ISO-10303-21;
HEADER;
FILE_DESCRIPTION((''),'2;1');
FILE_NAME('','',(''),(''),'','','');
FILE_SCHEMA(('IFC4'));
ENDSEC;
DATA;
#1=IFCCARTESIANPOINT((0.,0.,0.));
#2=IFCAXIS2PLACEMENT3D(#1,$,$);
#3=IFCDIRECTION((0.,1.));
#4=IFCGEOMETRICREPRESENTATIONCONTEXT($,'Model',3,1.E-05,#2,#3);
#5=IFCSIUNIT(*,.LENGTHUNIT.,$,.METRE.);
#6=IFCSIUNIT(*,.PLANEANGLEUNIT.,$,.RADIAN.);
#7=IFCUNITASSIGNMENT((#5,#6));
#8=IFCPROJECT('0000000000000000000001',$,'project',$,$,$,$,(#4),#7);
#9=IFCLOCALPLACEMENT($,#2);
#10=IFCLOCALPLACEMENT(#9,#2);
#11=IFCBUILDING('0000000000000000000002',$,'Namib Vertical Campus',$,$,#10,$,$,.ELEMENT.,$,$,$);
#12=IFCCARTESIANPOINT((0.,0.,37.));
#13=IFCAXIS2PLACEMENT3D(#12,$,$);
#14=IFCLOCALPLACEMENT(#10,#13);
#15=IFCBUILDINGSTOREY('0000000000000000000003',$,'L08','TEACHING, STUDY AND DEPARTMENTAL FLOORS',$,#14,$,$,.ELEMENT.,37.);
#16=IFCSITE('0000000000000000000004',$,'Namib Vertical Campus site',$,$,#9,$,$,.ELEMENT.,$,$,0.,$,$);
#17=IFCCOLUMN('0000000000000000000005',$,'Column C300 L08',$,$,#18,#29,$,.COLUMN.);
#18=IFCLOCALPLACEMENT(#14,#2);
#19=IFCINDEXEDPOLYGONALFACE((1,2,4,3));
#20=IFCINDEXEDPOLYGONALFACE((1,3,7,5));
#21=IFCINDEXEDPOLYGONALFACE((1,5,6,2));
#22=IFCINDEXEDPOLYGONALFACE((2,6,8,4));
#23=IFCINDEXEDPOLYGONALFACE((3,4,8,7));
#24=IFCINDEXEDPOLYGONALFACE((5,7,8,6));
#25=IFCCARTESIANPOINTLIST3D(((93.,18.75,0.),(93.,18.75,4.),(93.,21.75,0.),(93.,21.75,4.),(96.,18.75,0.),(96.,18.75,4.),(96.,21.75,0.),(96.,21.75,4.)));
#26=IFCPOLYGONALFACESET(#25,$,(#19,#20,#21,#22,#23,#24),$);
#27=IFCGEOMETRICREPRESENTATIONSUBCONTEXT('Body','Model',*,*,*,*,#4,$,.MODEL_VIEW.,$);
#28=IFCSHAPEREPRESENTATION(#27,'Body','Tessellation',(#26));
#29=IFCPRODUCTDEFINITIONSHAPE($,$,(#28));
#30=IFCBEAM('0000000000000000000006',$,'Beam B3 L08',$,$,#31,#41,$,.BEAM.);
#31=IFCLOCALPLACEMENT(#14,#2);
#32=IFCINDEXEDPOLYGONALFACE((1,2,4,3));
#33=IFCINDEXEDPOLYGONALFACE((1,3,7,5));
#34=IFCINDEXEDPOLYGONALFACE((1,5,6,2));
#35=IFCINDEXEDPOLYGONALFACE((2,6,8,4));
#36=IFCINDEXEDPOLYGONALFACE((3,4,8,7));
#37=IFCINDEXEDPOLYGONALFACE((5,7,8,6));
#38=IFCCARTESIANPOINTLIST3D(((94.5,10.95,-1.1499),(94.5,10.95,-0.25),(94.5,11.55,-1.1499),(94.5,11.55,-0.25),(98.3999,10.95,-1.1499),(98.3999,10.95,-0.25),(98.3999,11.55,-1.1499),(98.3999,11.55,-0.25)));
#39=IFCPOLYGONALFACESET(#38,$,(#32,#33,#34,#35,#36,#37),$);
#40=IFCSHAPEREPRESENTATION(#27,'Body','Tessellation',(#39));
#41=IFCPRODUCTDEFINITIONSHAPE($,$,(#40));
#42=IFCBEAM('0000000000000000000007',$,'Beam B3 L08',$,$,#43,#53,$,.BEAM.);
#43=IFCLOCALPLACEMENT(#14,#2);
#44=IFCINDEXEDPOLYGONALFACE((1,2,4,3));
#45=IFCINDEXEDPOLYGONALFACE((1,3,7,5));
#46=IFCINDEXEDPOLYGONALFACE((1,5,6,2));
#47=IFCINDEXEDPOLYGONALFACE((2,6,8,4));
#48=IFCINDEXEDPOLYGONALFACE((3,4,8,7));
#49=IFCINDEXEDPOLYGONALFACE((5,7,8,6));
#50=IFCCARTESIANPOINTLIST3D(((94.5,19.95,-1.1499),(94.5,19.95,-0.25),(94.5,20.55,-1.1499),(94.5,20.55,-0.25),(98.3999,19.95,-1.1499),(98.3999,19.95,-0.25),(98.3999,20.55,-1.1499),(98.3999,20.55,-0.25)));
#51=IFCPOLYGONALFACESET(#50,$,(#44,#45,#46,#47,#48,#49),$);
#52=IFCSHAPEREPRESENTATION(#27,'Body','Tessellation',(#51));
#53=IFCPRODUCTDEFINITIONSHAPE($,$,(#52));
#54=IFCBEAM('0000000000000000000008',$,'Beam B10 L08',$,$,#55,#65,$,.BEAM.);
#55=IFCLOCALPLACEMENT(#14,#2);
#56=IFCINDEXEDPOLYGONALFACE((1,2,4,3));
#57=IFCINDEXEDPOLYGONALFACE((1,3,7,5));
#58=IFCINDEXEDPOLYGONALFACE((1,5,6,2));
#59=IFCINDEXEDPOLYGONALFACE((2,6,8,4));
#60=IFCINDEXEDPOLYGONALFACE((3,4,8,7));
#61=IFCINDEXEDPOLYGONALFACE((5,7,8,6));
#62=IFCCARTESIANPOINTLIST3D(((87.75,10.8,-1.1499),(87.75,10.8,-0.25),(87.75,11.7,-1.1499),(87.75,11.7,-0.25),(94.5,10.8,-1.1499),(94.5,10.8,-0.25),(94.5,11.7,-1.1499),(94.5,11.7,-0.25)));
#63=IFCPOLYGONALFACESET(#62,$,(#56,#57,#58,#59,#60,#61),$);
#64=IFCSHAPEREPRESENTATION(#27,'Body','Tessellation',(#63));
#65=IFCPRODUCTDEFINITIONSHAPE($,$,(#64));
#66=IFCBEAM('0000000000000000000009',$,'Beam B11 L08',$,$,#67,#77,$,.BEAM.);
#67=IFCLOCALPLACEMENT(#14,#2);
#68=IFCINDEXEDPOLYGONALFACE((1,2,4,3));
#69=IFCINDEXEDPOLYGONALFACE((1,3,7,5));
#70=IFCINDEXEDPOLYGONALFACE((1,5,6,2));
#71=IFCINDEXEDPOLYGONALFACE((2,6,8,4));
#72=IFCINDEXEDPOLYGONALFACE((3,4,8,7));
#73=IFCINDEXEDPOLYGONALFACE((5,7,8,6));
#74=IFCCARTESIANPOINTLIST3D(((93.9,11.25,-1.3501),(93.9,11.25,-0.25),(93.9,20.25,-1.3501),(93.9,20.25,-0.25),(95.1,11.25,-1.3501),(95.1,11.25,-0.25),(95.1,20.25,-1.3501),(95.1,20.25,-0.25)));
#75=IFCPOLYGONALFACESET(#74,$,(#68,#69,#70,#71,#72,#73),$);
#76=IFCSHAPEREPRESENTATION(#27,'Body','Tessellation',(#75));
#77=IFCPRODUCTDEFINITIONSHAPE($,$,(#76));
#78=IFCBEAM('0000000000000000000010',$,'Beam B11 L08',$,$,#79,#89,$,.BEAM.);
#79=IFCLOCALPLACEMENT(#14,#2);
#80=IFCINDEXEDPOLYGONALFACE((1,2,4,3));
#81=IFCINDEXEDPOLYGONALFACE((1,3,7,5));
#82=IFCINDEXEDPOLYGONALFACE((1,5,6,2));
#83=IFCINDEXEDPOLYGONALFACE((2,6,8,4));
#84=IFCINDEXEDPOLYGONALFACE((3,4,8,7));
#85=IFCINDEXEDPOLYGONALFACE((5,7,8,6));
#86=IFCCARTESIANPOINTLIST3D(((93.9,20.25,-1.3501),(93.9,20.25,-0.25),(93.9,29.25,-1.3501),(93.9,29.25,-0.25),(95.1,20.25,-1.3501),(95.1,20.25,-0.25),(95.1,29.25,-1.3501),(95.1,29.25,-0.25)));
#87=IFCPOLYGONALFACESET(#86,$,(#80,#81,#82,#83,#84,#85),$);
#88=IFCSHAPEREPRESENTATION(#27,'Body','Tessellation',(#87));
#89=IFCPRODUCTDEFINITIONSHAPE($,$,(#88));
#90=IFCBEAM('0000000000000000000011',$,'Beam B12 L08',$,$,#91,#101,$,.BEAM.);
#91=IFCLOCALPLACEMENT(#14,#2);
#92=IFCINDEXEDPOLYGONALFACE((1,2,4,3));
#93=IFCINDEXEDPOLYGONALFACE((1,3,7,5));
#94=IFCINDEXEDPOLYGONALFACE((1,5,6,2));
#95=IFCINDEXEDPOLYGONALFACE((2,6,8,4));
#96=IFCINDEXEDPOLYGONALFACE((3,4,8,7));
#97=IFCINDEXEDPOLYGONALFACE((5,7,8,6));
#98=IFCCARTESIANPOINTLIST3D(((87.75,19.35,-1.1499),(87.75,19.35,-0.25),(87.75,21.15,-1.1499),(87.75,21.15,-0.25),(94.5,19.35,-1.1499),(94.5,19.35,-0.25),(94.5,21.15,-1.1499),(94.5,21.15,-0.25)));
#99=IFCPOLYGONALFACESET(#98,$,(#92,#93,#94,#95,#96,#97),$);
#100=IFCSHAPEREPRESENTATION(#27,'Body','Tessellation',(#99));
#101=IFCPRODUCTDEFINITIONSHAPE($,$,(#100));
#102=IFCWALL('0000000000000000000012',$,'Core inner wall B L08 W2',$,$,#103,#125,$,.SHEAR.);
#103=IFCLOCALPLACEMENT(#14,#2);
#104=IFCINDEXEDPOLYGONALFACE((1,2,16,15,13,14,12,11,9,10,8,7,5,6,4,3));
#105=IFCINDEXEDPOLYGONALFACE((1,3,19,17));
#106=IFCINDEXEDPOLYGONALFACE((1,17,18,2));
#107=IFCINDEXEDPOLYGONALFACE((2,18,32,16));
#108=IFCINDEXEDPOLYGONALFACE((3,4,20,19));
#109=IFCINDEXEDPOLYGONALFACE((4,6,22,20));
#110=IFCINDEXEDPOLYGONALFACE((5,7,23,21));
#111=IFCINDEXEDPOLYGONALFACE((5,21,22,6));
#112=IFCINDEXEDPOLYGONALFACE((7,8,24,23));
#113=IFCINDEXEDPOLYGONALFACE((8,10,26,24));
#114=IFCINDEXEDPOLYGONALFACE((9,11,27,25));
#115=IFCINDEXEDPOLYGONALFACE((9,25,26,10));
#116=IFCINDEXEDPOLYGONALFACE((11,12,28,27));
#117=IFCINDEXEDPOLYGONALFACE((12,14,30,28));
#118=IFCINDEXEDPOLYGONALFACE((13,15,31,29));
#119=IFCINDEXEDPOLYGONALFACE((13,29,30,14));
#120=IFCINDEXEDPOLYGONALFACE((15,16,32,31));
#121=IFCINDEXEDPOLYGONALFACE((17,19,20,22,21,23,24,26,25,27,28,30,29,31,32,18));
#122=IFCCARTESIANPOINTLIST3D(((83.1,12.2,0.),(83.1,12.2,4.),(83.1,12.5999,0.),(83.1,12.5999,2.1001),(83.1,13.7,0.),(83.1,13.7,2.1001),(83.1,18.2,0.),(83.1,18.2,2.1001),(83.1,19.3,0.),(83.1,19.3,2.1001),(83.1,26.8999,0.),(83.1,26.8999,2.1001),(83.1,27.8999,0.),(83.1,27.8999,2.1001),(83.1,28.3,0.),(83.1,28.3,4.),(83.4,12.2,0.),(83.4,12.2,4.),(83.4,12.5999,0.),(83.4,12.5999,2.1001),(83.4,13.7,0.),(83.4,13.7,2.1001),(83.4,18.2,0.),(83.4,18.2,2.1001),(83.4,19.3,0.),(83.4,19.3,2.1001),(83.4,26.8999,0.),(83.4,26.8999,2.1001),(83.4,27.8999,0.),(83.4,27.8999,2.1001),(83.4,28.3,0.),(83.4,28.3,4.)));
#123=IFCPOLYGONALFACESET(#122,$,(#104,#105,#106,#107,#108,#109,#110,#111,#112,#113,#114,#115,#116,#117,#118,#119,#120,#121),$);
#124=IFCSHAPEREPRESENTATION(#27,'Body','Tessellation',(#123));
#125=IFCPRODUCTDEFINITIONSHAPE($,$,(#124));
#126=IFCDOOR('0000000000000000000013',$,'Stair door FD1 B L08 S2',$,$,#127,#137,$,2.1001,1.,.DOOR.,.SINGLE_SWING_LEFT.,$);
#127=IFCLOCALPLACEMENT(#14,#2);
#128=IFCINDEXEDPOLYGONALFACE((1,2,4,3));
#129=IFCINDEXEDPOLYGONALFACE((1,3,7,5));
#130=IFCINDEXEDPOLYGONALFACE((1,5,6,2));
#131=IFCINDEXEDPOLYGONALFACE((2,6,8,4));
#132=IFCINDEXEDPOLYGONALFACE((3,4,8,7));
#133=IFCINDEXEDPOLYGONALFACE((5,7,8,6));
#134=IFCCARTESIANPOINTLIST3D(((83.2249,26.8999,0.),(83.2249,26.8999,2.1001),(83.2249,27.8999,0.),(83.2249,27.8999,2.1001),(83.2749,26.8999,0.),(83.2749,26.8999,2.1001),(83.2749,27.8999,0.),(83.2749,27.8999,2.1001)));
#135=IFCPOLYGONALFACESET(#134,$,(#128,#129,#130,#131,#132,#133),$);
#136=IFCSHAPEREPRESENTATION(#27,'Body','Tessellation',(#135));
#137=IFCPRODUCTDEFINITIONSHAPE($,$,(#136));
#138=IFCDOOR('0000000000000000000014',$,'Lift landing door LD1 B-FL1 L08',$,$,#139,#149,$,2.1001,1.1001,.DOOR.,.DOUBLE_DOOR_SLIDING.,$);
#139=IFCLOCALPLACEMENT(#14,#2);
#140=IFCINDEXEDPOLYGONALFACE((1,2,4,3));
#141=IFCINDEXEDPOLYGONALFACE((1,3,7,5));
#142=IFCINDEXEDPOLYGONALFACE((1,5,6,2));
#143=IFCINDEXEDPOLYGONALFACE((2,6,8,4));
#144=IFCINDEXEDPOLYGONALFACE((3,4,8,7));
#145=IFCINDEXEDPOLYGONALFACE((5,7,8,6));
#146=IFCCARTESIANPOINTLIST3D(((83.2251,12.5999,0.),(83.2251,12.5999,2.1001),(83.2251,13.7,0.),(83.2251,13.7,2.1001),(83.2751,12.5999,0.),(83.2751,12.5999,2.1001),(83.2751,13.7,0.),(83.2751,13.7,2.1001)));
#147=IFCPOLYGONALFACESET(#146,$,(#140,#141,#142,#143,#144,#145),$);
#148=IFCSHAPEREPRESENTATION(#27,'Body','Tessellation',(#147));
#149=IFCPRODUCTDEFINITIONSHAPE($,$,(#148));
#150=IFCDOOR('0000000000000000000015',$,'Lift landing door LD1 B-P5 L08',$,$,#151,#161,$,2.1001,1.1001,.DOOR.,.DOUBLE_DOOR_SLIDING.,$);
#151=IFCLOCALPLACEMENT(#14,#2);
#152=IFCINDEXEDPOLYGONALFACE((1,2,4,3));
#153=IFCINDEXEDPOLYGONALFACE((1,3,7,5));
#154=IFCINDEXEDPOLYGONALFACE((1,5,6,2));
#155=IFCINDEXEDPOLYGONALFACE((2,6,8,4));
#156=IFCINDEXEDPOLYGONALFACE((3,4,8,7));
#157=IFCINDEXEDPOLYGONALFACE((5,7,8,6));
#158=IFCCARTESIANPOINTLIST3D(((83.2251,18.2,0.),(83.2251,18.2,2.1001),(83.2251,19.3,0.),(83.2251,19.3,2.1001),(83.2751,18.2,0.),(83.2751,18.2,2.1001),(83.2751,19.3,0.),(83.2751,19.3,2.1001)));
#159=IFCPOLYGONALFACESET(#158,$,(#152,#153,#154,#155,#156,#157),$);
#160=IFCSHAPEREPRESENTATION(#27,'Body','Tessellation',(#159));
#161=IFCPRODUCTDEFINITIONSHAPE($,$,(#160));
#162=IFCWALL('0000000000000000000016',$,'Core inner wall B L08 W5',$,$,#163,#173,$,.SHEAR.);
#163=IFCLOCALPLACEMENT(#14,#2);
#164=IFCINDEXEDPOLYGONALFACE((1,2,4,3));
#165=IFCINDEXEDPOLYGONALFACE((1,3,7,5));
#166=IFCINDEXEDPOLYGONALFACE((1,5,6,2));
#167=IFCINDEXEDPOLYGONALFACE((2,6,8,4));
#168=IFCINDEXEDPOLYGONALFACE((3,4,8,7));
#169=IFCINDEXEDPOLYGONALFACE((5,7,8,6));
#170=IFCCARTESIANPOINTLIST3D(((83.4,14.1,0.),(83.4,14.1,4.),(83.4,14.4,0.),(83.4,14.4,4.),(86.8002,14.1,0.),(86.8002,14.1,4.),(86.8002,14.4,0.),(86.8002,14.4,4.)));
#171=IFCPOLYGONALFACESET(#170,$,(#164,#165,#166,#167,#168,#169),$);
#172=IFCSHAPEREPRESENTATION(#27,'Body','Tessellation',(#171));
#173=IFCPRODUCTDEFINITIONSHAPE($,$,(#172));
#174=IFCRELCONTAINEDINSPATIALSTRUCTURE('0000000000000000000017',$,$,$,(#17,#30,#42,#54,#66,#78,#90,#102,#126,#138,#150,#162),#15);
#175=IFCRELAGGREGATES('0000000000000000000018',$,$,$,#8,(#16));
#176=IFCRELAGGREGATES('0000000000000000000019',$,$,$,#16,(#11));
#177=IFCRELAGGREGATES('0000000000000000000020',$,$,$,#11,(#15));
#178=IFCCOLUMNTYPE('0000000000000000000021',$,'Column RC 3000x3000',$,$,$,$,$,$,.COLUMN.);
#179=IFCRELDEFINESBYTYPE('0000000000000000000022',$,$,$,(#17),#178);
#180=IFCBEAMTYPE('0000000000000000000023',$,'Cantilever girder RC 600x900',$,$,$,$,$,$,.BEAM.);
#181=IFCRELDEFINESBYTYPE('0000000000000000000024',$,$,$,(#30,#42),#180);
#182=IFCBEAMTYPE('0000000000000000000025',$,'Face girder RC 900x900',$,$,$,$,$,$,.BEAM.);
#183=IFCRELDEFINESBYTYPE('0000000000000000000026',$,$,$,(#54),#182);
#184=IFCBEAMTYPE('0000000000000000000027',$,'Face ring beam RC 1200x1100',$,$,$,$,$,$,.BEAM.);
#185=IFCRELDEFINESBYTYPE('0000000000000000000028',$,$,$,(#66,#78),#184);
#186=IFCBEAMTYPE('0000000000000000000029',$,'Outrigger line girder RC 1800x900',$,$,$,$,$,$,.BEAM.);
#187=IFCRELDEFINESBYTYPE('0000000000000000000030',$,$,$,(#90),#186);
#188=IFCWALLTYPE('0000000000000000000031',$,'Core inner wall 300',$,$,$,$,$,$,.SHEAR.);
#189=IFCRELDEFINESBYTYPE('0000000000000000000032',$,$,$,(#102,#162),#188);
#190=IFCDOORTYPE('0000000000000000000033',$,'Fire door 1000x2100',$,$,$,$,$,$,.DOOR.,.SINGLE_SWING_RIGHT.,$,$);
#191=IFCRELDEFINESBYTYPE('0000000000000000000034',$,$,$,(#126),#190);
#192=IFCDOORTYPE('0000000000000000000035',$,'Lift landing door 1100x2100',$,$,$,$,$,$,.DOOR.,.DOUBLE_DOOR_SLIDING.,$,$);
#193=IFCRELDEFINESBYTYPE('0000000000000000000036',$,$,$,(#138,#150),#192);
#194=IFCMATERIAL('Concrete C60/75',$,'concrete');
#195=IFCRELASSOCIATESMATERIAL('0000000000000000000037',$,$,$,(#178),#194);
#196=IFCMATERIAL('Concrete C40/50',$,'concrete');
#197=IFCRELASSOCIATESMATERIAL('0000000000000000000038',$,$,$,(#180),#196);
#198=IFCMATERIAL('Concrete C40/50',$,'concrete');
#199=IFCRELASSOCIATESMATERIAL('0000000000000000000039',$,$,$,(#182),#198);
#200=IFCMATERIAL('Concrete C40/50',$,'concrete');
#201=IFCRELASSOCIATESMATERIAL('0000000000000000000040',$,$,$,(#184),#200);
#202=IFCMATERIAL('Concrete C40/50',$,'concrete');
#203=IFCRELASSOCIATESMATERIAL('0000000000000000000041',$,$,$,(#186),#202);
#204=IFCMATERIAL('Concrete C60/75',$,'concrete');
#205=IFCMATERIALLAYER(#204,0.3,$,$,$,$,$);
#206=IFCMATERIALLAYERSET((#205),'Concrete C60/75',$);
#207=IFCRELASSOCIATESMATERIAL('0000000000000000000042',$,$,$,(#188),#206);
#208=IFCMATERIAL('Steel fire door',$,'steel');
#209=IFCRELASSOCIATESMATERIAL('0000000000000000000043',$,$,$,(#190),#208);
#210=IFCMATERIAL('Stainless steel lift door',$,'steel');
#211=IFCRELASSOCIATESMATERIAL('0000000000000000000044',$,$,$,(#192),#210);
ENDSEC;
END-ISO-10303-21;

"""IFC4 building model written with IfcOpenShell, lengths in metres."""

from ifc_helpers import new_model, si_unit, direction, frame, frame_2d, origin, origin_2d, place, context, subcontext, project, spatial, rectangle, extrude, material, layer, layer_set, material_profile, profile_set, type_object, element, fill, save


model = new_model("IFC4")

# Units and contexts
model_context = context("Model", 3, precision=1e-05, world=origin(), true_north=direction((0.0, 1.0)))
body_context = subcontext(model_context, "Body", "Model", "MODEL_VIEW")
ifc_project = project(units=[si_unit("LENGTHUNIT", "METRE"), si_unit("PLANEANGLEUNIT", "RADIAN")], contexts=[model_context])

# Site, building, storey
site_placement = place(None, origin())
site = spatial("IfcSite", under=ifc_project, at=site_placement, Name="Namib Vertical Campus site", CompositionType="ELEMENT", RefElevation=0.0)
building_placement = place(site_placement, origin())
building = spatial("IfcBuilding", under=site, at=building_placement, Name="Namib Vertical Campus", CompositionType="ELEMENT")
storey_placement = place(building_placement, frame((0.0, 0.0, 37.0)))
storey = spatial("IfcBuildingStorey", under=building, at=storey_placement, Name="L08", Description="TEACHING, STUDY AND DEPARTMENTAL FLOORS", CompositionType="ELEMENT", Elevation=37.0)

# Column
ifc_material_1 = material(Name="Concrete C60/75", Category="concrete")
ifc_material_profile_1 = material_profile(ifc_material_1, rectangle(XDim=3.0, YDim=3.0, at=origin_2d()))
ifc_profile_set_1 = profile_set([ifc_material_profile_1], Name="Concrete C60/75")
column_type = type_object("IfcColumnType", Name="Column RC 3000x3000", PredefinedType="COLUMN", material=ifc_profile_set_1)
column_placement = place(storey_placement, frame((94.5, 20.25, 0.0), z_axis=(0.0, 0.0, 1.0), x_axis=(1.0, 0.0, 0.0)))
element("IfcColumn", 1, at=column_placement, inside=storey, type_object=column_type, Name="Column C300 L08", PredefinedType="COLUMN", context=body_context, shape_type="SweptSolid", body=[
    extrude(rectangle(XDim=3.0, YDim=3.0, at=origin_2d()), origin(), (0.0, 0.0, 1.0), 4.0),
])

# Beams
ifc_material_2 = material(Name="Concrete C40/50", Category="concrete")
ifc_material_profile_2 = material_profile(ifc_material_2, rectangle(XDim=0.6001, YDim=0.8999, at=origin_2d()))
ifc_profile_set_2 = profile_set([ifc_material_profile_2], Name="Concrete C40/50")
beam_type_1 = type_object("IfcBeamType", Name="Cantilever girder RC 600x900", PredefinedType="BEAM", material=ifc_profile_set_2)
for number, where, z_axis, x_axis, name in (
    (2, (94.5, 11.25, -0.7), (1.0, 0.0, 0.0), (0.0, 1.0, 0.0), "Beam B3 L08"),
    (3, (94.5, 20.25, -0.7), (1.0, 0.0, 0.0), (0.0, 1.0, 0.0), "Beam B3 L08"),
):
    element("IfcBeam", number, at=place(storey_placement, frame(where, z_axis=z_axis, x_axis=x_axis)), inside=storey, type_object=beam_type_1, Name=name, PredefinedType="BEAM", context=body_context, shape_type="SweptSolid", body=[
        extrude(rectangle(XDim=0.6001, YDim=0.8999, at=origin_2d()), origin(), (0.0, 0.0, 1.0), 3.8999),
    ])
ifc_material_3 = material(Name="Concrete C40/50", Category="concrete")
ifc_material_profile_3 = material_profile(ifc_material_3, rectangle(XDim=0.8999, YDim=0.8999, at=origin_2d()))
ifc_profile_set_3 = profile_set([ifc_material_profile_3], Name="Concrete C40/50")
beam_type_2 = type_object("IfcBeamType", Name="Face girder RC 900x900", PredefinedType="BEAM", material=ifc_profile_set_3)
beam_1_placement = place(storey_placement, frame((94.5, 11.25, -0.7), z_axis=(-1.0, 0.0, 0.0), x_axis=(0.0, -1.0, 0.0)))
element("IfcBeam", 4, at=beam_1_placement, inside=storey, type_object=beam_type_2, Name="Beam B10 L08", PredefinedType="BEAM", context=body_context, shape_type="SweptSolid", body=[
    extrude(rectangle(XDim=0.8999, YDim=0.8999, at=origin_2d()), origin(), (0.0, 0.0, 1.0), 6.75),
])
ifc_material_4 = material(Name="Concrete C40/50", Category="concrete")
ifc_material_profile_4 = material_profile(ifc_material_4, rectangle(XDim=1.2, YDim=1.1001, at=origin_2d()))
ifc_profile_set_4 = profile_set([ifc_material_profile_4], Name="Concrete C40/50")
beam_type_3 = type_object("IfcBeamType", Name="Face ring beam RC 1200x1100", PredefinedType="BEAM", material=ifc_profile_set_4)
for number, where, z_axis, x_axis, name in (
    (5, (94.5, 11.25, -0.8), (0.0, 1.0, 0.0), (-1.0, 0.0, 0.0), "Beam B11 L08"),
    (6, (94.5, 20.25, -0.8), (0.0, 1.0, 0.0), (-1.0, 0.0, 0.0), "Beam B11 L08"),
):
    element("IfcBeam", number, at=place(storey_placement, frame(where, z_axis=z_axis, x_axis=x_axis)), inside=storey, type_object=beam_type_3, Name=name, PredefinedType="BEAM", context=body_context, shape_type="SweptSolid", body=[
        extrude(rectangle(XDim=1.2, YDim=1.1001, at=origin_2d()), origin(), (0.0, 0.0, 1.0), 9.0),
    ])
ifc_material_5 = material(Name="Concrete C40/50", Category="concrete")
ifc_material_profile_5 = material_profile(ifc_material_5, rectangle(XDim=1.8, YDim=0.8999, at=origin_2d()))
ifc_profile_set_5 = profile_set([ifc_material_profile_5], Name="Concrete C40/50")
beam_type_4 = type_object("IfcBeamType", Name="Outrigger line girder RC 1800x900", PredefinedType="BEAM", material=ifc_profile_set_5)
beam_2_placement = place(storey_placement, frame((94.5, 20.25, -0.7), z_axis=(-1.0, 0.0, 0.0), x_axis=(0.0, -1.0, 0.0)))
element("IfcBeam", 7, at=beam_2_placement, inside=storey, type_object=beam_type_4, Name="Beam B12 L08", PredefinedType="BEAM", context=body_context, shape_type="SweptSolid", body=[
    extrude(rectangle(XDim=1.8, YDim=0.8999, at=origin_2d()), origin(), (0.0, 0.0, 1.0), 6.75),
])

# Wall, openings, doors
ifc_material_6 = material(Name="Concrete C60/75", Category="concrete")
ifc_layer_1 = layer(ifc_material_6, 0.3)
ifc_layer_set_1 = layer_set([ifc_layer_1], Name="Concrete C60/75")
wall_type_1 = type_object("IfcWallType", Name="Core inner wall 300", PredefinedType="SHEAR", material=ifc_layer_set_1)
wall_1_placement = place(storey_placement, frame((83.25, 12.2, 0.0), z_axis=(0.0, 0.0, 1.0), x_axis=(0.0, 1.0, 0.0)))
wall_1 = element("IfcWall", 8, at=wall_1_placement, inside=storey, type_object=wall_type_1, Name="Core inner wall B L08 W2", PredefinedType="SHEAR", context=body_context, shape_type="SweptSolid", body=[
    extrude(rectangle(XDim=16.1001, YDim=0.3, at=frame_2d((8.05, 0.0))), origin(), (0.0, 0.0, 1.0), 4.0),
])
opening_1_placement = place(wall_1_placement, frame((14.7, 0.0, 0.0)))
opening_1 = element("IfcOpeningElement", 9, at=opening_1_placement, cuts=wall_1, PredefinedType="OPENING", context=body_context, shape_type="SweptSolid", body=[
    extrude(rectangle(XDim=1.0, YDim=2.1001, at=frame_2d((0.5, 1.05))), frame((0.0, 0.1599, 0.0), z_axis=(0.0, -1.0, 0.0), x_axis=(1.0, 0.0, 0.0)), (0.0, 0.0, 1.0), 0.3201),
])
opening_2_placement = place(wall_1_placement, frame((0.3999, 0.0, 0.0)))
opening_2 = element("IfcOpeningElement", 10, at=opening_2_placement, cuts=wall_1, PredefinedType="OPENING", context=body_context, shape_type="SweptSolid", body=[
    extrude(rectangle(XDim=1.1001, YDim=2.1001, at=frame_2d((0.55, 1.05))), frame((0.0, 0.1599, 0.0), z_axis=(0.0, -1.0, 0.0), x_axis=(1.0, 0.0, 0.0)), (0.0, 0.0, 1.0), 0.3201),
])
opening_3_placement = place(wall_1_placement, frame((6.0, 0.0, 0.0)))
opening_3 = element("IfcOpeningElement", 11, at=opening_3_placement, cuts=wall_1, PredefinedType="OPENING", context=body_context, shape_type="SweptSolid", body=[
    extrude(rectangle(XDim=1.1001, YDim=2.1001, at=frame_2d((0.55, 1.05))), frame((0.0, 0.1599, 0.0), z_axis=(0.0, -1.0, 0.0), x_axis=(1.0, 0.0, 0.0)), (0.0, 0.0, 1.0), 0.3201),
])
ifc_material_7 = material(Name="Steel fire door", Category="steel")
door_type_1 = type_object("IfcDoorType", Name="Fire door 1000x2100", OperationType="SINGLE_SWING_RIGHT", PredefinedType="DOOR", material=ifc_material_7)
door_1_placement = place(opening_1_placement, frame((1.0, 0.0, 0.0), z_axis=(0.0, 0.0, 1.0), x_axis=(-1.0, 0.0, 0.0)))
door_1 = element("IfcDoor", 12, at=door_1_placement, inside=storey, type_object=door_type_1, Name="Stair door FD1 B L08 S2", OperationType="SINGLE_SWING_LEFT", OverallHeight=2.1001, OverallWidth=1.0, PredefinedType="DOOR", context=body_context, shape_type="SweptSolid", body=[
    extrude(rectangle(XDim=1.0, YDim=2.1001, at=frame_2d((0.5, 1.05))), frame((0.0, 0.0249, 0.0), z_axis=(0.0, -1.0, 0.0), x_axis=(1.0, 0.0, 0.0)), (0.0, 0.0, 1.0), 0.05),
])
fill(opening_1, door_1)
ifc_material_8 = material(Name="Stainless steel lift door", Category="steel")
door_type_2 = type_object("IfcDoorType", Name="Lift landing door 1100x2100", OperationType="DOUBLE_DOOR_SLIDING", PredefinedType="DOOR", material=ifc_material_8)
door_2_placement = place(opening_2_placement, origin())
door_2 = element("IfcDoor", 13, at=door_2_placement, inside=storey, type_object=door_type_2, Name="Lift landing door LD1 B-FL1 L08", OperationType="DOUBLE_DOOR_SLIDING", OverallHeight=2.1001, OverallWidth=1.1001, PredefinedType="DOOR", context=body_context, shape_type="SweptSolid", body=[
    extrude(rectangle(XDim=1.1001, YDim=2.1001, at=frame_2d((0.55, 1.05))), frame((0.0, 0.0249, 0.0), z_axis=(0.0, -1.0, 0.0), x_axis=(1.0, 0.0, 0.0)), (0.0, 0.0, 1.0), 0.05),
])
fill(opening_2, door_2)
door_3_placement = place(opening_3_placement, origin())
door_3 = element("IfcDoor", 14, at=door_3_placement, inside=storey, type_object=door_type_2, Name="Lift landing door LD1 B-P5 L08", OperationType="DOUBLE_DOOR_SLIDING", OverallHeight=2.1001, OverallWidth=1.1001, PredefinedType="DOOR", context=body_context, shape_type="SweptSolid", body=[
    extrude(rectangle(XDim=1.1001, YDim=2.1001, at=frame_2d((0.55, 1.05))), frame((0.0, 0.0249, 0.0), z_axis=(0.0, -1.0, 0.0), x_axis=(1.0, 0.0, 0.0)), (0.0, 0.0, 1.0), 0.05),
])
fill(opening_3, door_3)

# Wall
for number, where, z_axis, x_axis, name in (
    (15, (83.3999, 14.25, 0.0), (0.0, 0.0, 1.0), (1.0, 0.0, 0.0), "Core inner wall B L08 W5"),
):
    element("IfcWall", number, at=place(storey_placement, frame(where, z_axis=z_axis, x_axis=x_axis)), inside=storey, type_object=wall_type_1, Name=name, PredefinedType="SHEAR", context=body_context, shape_type="SweptSolid", body=[
        extrude(rectangle(XDim=3.4001, YDim=0.3, at=frame_2d((1.7002, 0.0))), origin(), (0.0, 0.0, 1.0), 4.0),
    ])

save(model, "model.ifc")
